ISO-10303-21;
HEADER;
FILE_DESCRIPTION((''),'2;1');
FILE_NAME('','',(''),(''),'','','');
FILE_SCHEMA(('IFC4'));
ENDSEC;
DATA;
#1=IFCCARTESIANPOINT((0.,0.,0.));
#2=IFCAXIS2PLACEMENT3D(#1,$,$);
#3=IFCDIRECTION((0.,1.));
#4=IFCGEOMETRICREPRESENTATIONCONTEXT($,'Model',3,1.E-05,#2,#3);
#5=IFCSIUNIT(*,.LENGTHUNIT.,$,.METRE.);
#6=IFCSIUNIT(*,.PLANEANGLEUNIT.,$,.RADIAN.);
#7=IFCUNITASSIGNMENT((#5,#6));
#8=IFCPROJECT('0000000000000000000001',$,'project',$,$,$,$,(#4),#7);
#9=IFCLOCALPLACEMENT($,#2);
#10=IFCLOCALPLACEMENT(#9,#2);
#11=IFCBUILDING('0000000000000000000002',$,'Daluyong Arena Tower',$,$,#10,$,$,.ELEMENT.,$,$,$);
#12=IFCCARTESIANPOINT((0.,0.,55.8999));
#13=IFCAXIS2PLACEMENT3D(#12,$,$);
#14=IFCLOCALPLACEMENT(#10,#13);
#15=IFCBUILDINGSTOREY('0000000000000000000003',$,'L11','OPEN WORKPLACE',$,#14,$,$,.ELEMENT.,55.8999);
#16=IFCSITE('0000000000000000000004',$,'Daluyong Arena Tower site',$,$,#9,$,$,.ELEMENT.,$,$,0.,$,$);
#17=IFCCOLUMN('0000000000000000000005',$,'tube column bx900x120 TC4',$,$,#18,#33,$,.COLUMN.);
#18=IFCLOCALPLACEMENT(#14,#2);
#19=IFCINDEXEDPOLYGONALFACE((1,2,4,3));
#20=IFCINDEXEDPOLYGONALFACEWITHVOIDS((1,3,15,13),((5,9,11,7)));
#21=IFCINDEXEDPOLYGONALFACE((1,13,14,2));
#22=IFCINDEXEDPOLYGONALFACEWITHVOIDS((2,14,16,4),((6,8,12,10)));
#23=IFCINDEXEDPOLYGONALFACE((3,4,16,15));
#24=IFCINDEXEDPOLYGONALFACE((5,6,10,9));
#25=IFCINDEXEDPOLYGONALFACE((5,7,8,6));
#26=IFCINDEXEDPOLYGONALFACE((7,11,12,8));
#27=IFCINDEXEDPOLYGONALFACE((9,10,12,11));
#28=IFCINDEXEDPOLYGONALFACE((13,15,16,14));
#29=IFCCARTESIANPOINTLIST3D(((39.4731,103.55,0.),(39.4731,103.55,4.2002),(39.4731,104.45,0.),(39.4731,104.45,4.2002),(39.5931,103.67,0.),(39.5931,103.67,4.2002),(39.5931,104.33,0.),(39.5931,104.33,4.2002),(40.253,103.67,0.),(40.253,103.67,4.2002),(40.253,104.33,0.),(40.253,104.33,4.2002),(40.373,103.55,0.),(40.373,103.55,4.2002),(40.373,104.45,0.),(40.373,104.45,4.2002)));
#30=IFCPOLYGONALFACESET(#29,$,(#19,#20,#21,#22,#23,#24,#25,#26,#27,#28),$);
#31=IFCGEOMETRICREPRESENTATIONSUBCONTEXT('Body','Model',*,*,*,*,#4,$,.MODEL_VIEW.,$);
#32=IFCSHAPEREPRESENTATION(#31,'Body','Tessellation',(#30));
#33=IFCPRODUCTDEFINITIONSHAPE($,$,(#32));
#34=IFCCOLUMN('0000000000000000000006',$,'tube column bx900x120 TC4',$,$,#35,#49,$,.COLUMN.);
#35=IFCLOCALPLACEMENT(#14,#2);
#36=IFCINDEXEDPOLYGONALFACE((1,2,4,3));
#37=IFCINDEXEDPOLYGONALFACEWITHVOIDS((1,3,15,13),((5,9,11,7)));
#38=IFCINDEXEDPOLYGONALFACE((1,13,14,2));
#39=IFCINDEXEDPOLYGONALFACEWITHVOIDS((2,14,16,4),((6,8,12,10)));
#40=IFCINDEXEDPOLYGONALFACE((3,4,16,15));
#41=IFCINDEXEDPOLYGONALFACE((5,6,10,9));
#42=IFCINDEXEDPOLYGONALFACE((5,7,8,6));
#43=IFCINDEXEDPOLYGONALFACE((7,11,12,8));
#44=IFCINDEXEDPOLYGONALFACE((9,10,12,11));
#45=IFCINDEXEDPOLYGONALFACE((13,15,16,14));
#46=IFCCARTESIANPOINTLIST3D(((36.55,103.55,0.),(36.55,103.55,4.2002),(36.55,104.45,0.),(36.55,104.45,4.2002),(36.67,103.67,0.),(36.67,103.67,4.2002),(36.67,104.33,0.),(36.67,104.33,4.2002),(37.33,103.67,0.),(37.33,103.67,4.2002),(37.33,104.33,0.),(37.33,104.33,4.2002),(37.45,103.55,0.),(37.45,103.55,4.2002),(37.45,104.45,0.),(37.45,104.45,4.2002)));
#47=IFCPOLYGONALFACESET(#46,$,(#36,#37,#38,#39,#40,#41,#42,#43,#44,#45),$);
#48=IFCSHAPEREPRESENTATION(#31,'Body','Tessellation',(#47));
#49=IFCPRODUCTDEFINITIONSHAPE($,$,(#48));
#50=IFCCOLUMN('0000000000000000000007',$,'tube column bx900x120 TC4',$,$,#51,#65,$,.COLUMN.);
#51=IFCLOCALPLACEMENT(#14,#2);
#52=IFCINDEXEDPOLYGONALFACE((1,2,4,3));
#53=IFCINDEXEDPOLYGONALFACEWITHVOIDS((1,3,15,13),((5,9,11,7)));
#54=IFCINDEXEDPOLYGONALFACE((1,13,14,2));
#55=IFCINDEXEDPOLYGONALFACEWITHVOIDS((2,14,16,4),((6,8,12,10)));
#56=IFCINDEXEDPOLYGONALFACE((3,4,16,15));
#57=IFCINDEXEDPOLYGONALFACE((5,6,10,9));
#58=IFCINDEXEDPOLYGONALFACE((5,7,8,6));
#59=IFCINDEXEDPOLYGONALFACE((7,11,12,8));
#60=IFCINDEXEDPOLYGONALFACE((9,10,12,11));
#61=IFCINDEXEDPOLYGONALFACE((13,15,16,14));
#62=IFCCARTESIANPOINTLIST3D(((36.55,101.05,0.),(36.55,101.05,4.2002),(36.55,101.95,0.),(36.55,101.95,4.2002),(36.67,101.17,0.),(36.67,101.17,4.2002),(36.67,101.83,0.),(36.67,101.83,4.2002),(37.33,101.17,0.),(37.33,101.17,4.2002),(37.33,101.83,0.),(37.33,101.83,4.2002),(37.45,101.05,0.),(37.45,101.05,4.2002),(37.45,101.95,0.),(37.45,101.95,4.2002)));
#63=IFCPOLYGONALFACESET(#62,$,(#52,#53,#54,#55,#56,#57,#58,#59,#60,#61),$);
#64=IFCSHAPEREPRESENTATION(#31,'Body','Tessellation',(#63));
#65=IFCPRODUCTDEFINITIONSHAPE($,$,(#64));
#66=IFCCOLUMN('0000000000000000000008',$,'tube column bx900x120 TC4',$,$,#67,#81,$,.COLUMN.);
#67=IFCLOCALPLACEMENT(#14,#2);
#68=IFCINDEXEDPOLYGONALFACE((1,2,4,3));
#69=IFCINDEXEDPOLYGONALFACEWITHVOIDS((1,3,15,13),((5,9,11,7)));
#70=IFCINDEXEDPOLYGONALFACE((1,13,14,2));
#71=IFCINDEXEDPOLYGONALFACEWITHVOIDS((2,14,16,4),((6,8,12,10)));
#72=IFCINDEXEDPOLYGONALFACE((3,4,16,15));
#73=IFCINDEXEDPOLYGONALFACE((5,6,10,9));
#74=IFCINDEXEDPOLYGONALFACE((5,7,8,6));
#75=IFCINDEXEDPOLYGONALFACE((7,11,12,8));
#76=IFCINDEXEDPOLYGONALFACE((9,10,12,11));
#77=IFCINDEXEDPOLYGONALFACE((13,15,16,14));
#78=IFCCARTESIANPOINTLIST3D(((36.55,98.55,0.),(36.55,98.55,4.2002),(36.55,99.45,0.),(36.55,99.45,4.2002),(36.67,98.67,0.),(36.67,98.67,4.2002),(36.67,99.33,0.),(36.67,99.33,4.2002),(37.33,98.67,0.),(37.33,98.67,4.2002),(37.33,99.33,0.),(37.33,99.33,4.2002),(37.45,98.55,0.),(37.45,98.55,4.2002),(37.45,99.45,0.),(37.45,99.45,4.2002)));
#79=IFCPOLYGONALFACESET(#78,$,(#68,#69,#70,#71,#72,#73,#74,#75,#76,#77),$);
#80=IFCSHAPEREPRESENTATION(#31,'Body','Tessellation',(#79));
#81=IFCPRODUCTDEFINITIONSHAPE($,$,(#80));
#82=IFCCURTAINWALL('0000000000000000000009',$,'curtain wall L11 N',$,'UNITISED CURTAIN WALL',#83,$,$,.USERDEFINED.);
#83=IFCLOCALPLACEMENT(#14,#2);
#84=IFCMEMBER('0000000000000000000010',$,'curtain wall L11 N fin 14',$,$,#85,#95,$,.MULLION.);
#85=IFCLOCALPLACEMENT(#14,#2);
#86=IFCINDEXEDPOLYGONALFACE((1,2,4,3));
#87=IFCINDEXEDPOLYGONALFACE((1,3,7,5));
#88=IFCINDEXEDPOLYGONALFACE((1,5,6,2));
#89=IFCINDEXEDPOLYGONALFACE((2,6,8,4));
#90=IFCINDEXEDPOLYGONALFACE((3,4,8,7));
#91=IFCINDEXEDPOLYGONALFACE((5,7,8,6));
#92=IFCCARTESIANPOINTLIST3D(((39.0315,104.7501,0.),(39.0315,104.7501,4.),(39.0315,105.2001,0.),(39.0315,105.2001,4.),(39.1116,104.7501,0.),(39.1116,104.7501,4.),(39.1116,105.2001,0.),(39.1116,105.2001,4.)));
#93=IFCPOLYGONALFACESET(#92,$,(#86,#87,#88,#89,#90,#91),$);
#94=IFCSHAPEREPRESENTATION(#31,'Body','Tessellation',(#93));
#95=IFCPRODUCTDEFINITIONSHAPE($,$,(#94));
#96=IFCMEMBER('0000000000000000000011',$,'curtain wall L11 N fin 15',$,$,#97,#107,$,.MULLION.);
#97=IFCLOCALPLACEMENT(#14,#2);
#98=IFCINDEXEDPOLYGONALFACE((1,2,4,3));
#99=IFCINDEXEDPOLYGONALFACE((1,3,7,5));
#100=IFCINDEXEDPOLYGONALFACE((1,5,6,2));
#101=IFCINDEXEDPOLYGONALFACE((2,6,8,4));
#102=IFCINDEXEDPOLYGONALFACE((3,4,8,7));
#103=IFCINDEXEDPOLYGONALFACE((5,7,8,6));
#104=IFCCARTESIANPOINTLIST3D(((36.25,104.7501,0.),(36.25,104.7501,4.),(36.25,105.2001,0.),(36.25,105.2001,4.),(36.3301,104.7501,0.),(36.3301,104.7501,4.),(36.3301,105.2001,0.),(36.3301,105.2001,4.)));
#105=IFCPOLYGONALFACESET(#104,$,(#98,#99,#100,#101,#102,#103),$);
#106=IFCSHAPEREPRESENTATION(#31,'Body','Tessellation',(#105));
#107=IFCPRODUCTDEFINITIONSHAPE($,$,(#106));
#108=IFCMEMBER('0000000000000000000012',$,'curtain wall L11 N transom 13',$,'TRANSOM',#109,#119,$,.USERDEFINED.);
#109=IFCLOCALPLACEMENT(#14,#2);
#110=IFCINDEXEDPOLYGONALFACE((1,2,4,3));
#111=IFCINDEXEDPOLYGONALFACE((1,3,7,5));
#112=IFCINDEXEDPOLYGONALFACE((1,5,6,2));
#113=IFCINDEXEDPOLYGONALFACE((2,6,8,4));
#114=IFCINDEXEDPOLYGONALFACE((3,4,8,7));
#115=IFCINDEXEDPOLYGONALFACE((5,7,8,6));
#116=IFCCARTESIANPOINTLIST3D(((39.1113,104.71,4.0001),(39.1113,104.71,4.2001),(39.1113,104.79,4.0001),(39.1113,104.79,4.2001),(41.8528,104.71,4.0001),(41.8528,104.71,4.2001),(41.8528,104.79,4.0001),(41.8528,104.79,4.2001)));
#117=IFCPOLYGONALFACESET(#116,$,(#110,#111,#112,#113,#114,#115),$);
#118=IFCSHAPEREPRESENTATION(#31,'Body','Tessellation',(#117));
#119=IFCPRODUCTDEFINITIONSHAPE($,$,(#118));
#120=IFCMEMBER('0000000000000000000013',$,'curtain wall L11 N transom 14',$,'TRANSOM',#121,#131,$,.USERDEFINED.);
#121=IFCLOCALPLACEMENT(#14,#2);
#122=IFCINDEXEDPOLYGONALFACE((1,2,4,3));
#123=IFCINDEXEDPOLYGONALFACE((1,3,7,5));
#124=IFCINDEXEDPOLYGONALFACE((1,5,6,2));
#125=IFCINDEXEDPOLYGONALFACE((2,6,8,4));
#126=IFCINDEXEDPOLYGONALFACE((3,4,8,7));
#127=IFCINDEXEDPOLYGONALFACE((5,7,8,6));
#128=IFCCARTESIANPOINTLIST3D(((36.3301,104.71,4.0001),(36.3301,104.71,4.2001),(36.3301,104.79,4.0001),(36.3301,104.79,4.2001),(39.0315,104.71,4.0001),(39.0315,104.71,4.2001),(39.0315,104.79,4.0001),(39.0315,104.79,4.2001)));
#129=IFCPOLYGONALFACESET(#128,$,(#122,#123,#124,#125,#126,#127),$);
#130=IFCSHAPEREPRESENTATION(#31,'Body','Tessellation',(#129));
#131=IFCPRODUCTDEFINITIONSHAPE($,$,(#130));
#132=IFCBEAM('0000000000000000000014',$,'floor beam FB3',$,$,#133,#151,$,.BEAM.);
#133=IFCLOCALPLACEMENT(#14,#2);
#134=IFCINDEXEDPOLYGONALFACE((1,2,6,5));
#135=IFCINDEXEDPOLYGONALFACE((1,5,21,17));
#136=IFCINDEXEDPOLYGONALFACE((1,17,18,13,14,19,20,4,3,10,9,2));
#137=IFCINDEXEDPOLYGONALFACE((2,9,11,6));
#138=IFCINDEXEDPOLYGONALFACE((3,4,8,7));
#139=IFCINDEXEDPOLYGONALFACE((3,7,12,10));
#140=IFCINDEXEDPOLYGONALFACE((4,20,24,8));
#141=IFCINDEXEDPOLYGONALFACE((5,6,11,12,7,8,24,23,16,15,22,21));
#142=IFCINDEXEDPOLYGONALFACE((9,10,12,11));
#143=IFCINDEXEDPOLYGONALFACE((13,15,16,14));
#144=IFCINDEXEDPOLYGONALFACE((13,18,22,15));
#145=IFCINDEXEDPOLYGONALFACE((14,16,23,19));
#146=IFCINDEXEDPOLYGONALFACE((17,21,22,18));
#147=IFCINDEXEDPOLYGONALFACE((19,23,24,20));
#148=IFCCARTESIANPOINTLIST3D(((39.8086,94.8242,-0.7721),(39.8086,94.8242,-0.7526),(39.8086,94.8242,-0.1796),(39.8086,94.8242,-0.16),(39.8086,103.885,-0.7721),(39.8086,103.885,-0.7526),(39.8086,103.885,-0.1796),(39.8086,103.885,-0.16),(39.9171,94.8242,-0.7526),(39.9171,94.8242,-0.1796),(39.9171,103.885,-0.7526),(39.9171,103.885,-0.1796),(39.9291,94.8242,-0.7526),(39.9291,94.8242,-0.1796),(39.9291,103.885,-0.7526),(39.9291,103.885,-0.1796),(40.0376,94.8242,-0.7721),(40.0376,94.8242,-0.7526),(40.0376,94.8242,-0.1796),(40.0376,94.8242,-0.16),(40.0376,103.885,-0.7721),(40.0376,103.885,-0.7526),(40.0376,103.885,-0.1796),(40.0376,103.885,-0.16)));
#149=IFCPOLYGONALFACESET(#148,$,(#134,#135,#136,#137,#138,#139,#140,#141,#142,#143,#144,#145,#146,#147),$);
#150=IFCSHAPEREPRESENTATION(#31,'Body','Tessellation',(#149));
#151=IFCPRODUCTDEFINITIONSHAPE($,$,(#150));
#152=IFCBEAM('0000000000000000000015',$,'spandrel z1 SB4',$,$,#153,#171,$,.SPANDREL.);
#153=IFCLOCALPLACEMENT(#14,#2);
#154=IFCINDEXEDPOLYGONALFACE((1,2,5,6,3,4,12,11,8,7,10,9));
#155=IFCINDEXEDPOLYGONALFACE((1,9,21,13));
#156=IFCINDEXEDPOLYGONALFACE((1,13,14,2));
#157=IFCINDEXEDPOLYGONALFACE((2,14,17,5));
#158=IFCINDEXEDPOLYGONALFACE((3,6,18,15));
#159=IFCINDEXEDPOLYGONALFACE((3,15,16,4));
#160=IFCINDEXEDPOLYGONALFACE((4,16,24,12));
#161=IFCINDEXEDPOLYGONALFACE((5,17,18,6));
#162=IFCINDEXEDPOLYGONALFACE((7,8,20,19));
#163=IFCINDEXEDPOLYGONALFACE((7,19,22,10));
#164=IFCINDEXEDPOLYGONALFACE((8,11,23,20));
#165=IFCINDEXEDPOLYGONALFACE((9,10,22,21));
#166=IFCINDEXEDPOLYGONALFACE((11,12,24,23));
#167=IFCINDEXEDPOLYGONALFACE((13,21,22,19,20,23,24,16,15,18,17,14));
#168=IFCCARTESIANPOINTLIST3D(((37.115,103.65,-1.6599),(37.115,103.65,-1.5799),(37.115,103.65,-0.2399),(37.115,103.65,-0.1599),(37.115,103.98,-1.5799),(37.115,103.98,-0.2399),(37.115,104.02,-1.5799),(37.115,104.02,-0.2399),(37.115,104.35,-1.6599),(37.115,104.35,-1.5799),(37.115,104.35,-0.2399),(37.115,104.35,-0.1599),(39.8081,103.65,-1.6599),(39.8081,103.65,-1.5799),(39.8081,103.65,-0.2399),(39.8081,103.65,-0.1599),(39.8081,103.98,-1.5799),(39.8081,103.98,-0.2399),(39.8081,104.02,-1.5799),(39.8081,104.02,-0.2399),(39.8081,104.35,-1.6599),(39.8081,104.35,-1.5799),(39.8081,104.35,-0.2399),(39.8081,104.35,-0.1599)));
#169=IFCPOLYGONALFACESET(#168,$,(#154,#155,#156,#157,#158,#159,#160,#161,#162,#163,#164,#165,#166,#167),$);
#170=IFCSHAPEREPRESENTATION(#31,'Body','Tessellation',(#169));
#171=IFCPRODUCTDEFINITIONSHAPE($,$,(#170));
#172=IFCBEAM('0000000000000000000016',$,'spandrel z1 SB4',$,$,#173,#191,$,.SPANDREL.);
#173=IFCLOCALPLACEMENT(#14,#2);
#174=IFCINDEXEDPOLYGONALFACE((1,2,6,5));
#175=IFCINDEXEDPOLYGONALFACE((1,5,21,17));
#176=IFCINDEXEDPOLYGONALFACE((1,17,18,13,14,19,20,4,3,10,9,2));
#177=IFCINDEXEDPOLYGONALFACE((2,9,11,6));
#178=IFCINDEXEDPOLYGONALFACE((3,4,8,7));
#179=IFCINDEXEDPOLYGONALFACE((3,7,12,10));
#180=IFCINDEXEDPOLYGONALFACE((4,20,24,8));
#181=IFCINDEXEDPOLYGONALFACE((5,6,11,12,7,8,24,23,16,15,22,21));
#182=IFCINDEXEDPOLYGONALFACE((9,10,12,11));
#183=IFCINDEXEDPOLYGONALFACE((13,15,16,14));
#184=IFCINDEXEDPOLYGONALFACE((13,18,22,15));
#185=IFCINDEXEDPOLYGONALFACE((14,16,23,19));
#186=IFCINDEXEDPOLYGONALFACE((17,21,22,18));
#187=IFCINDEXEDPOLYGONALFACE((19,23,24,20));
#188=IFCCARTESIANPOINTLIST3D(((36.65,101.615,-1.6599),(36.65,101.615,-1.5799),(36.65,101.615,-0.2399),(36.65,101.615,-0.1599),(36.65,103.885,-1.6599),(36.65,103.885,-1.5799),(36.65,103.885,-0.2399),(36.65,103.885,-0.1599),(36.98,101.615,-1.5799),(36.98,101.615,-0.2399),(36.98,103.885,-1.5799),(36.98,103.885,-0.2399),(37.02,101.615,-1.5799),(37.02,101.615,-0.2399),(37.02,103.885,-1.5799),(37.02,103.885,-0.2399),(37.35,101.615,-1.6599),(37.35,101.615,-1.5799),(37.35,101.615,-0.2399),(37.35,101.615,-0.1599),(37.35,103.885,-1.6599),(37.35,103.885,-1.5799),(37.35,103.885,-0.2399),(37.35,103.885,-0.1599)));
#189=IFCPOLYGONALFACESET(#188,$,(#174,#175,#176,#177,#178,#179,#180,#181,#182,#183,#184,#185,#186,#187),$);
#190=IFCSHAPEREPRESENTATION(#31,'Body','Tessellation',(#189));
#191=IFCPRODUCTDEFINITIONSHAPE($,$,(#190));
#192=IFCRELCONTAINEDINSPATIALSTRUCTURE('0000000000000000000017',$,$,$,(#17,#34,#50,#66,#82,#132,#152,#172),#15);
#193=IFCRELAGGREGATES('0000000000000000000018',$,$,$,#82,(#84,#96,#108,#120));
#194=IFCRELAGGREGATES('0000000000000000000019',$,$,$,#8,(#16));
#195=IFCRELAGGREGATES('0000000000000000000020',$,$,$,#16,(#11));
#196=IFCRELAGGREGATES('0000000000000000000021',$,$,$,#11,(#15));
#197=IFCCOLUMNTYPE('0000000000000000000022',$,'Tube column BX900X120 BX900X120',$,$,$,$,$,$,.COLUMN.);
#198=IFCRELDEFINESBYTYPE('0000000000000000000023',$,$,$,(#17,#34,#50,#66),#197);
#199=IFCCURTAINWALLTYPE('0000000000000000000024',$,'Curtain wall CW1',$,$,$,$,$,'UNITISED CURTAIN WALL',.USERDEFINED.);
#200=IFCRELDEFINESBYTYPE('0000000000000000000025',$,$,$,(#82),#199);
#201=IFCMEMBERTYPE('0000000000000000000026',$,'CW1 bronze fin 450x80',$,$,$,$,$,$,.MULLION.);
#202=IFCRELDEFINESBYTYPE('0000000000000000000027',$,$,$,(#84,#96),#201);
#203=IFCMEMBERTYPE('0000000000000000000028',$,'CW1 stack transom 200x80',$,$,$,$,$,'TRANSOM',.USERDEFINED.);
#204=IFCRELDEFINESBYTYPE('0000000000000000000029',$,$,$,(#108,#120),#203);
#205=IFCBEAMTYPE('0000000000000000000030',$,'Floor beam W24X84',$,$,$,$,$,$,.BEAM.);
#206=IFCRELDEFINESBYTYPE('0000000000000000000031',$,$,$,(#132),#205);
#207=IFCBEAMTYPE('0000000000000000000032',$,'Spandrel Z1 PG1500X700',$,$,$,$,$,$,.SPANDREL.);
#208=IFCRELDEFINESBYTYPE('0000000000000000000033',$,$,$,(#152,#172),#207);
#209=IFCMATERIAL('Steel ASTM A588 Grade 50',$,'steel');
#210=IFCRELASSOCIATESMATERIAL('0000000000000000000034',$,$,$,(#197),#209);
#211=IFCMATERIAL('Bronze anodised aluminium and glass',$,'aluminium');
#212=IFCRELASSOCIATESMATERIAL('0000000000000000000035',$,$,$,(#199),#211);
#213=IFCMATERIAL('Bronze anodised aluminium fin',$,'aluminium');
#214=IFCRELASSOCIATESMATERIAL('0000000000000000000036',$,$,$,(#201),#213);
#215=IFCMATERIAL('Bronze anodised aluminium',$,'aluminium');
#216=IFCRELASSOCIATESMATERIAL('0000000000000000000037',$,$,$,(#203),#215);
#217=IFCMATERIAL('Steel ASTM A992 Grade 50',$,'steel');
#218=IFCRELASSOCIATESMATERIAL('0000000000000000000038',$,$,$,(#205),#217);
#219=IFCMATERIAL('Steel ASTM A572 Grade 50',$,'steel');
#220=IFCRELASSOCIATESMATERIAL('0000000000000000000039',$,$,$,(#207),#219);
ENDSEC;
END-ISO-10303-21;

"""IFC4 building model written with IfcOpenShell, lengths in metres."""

from ifc_helpers import new_model, si_unit, direction, frame, origin, origin_2d, place, context, subcontext, project, spatial, rectangle, hollow_rectangle, i_section, extrude, material, material_profile, profile_set, type_object, element, aggregate, save


model = new_model("IFC4")

# Units and contexts
model_context = context("Model", 3, precision=1e-05, world=origin(), true_north=direction((0.0, 1.0)))
body_context = subcontext(model_context, "Body", "Model", "MODEL_VIEW")
ifc_project = project(units=[si_unit("LENGTHUNIT", "METRE"), si_unit("PLANEANGLEUNIT", "RADIAN")], contexts=[model_context])

# Site, building, storey
site_placement = place(None, origin())
site = spatial("IfcSite", under=ifc_project, at=site_placement, Name="Daluyong Arena Tower site", CompositionType="ELEMENT", RefElevation=0.0)
building_placement = place(site_placement, origin())
building = spatial("IfcBuilding", under=site, at=building_placement, Name="Daluyong Arena Tower", CompositionType="ELEMENT")
storey_placement = place(building_placement, frame((0.0, 0.0, 55.8999)))
storey = spatial("IfcBuildingStorey", under=building, at=storey_placement, Name="L11", Description="OPEN WORKPLACE", CompositionType="ELEMENT", Elevation=55.8999)

# Columns
ifc_material_1 = material(Name="Steel ASTM A588 Grade 50", Category="steel")
ifc_material_profile_1 = material_profile(ifc_material_1, hollow_rectangle(XDim=0.8999, YDim=0.8999, WallThickness=0.12, at=origin_2d()))
ifc_profile_set_1 = profile_set([ifc_material_profile_1], Name="Steel ASTM A588 Grade 50")
column_type = type_object("IfcColumnType", Name="Tube column BX900X120 BX900X120", PredefinedType="COLUMN", material=ifc_profile_set_1)
for number, where, z_axis, x_axis, name in (
    (1, (39.9231, 104.0, 0.0), (0.0, 0.0, 1.0), (1.0, 0.0, 0.0), "tube column bx900x120 TC4"),
    (2, (37.0, 104.0, 0.0), (0.0, 0.0, 1.0), (0.0, 1.0, 0.0), "tube column bx900x120 TC4"),
    (3, (37.0, 101.5, 0.0), (0.0, 0.0, 1.0), (0.0, 1.0, 0.0), "tube column bx900x120 TC4"),
    (4, (37.0, 99.0, 0.0), (0.0, 0.0, 1.0), (1.0, 0.0, 0.0), "tube column bx900x120 TC4"),
):
    element("IfcColumn", number, at=place(storey_placement, frame(where, z_axis=z_axis, x_axis=x_axis)), inside=storey, type_object=column_type, Name=name, PredefinedType="COLUMN", context=body_context, shape_type="SweptSolid", body=[
        extrude(hollow_rectangle(XDim=0.8999, YDim=0.8999, WallThickness=0.12, at=origin_2d()), origin(), (0.0, 0.0, 1.0), 4.2002),
    ])

# Curtain wall, members
ifc_material_2 = material(Name="Bronze anodised aluminium and glass", Category="aluminium")
curtain_wall_type = type_object("IfcCurtainWallType", Name="Curtain wall CW1", ElementType="UNITISED CURTAIN WALL", PredefinedType="USERDEFINED", material=ifc_material_2)
curtain_wall_placement = place(storey_placement, origin())
curtain_wall = element("IfcCurtainWall", 5, at=curtain_wall_placement, inside=storey, type_object=curtain_wall_type, Name="curtain wall L11 N", ObjectType="UNITISED CURTAIN WALL", PredefinedType="USERDEFINED")
ifc_material_3 = material(Name="Bronze anodised aluminium fin", Category="aluminium")
ifc_material_profile_2 = material_profile(ifc_material_3, rectangle(XDim=0.45, YDim=0.0801, at=origin_2d()))
ifc_profile_set_2 = profile_set([ifc_material_profile_2], Name="Bronze anodised aluminium fin")
member_type_1 = type_object("IfcMemberType", Name="CW1 bronze fin 450x80", PredefinedType="MULLION", material=ifc_profile_set_2)
member_1_placement = place(storey_placement, frame((39.0715, 104.9751, 0.0), z_axis=(0.0, 0.0, 1.0), x_axis=(0.0, -1.0, 0.0)))
member_1 = element("IfcMember", 6, at=member_1_placement, type_object=member_type_1, Name="curtain wall L11 N fin 14", PredefinedType="MULLION", context=body_context, shape_type="SweptSolid", body=[
    extrude(rectangle(XDim=0.45, YDim=0.0801, at=origin_2d()), origin(), (0.0, 0.0, 1.0), 4.0),
])
member_2_placement = place(storey_placement, frame((36.29, 104.9751, 0.0), z_axis=(0.0, 0.0, 1.0), x_axis=(0.0, -1.0, 0.0)))
member_2 = element("IfcMember", 7, at=member_2_placement, type_object=member_type_1, Name="curtain wall L11 N fin 15", PredefinedType="MULLION", context=body_context, shape_type="SweptSolid", body=[
    extrude(rectangle(XDim=0.45, YDim=0.0801, at=origin_2d()), origin(), (0.0, 0.0, 1.0), 4.0),
])
ifc_material_4 = material(Name="Bronze anodised aluminium", Category="aluminium")
ifc_material_profile_3 = material_profile(ifc_material_4, rectangle(XDim=0.0801, YDim=0.2, at=origin_2d()))
ifc_profile_set_3 = profile_set([ifc_material_profile_3], Name="Bronze anodised aluminium")
member_type_2 = type_object("IfcMemberType", Name="CW1 stack transom 200x80", ElementType="TRANSOM", PredefinedType="USERDEFINED", material=ifc_profile_set_3)
member_3_placement = place(storey_placement, frame((41.8528, 104.75, 4.1001), z_axis=(-1.0, 0.0, 0.0), x_axis=(0.0, -1.0, 0.0)))
member_3 = element("IfcMember", 8, at=member_3_placement, type_object=member_type_2, Name="curtain wall L11 N transom 13", ObjectType="TRANSOM", PredefinedType="USERDEFINED", context=body_context, shape_type="SweptSolid", body=[
    extrude(rectangle(XDim=0.0801, YDim=0.2, at=origin_2d()), origin(), (0.0, 0.0, 1.0), 2.7415),
])
member_4_placement = place(storey_placement, frame((39.0315, 104.75, 4.1001), z_axis=(-1.0, 0.0, 0.0), x_axis=(0.0, -1.0, 0.0)))
member_4 = element("IfcMember", 9, at=member_4_placement, type_object=member_type_2, Name="curtain wall L11 N transom 14", ObjectType="TRANSOM", PredefinedType="USERDEFINED", context=body_context, shape_type="SweptSolid", body=[
    extrude(rectangle(XDim=0.0801, YDim=0.2, at=origin_2d()), origin(), (0.0, 0.0, 1.0), 2.7014),
])

# Beams
ifc_material_5 = material(Name="Steel ASTM A992 Grade 50", Category="steel")
ifc_material_profile_4 = material_profile(ifc_material_5, i_section(OverallWidth=0.229, OverallDepth=0.6121, WebThickness=0.012, FlangeThickness=0.0195, at=origin_2d()))
ifc_profile_set_4 = profile_set([ifc_material_profile_4], Name="Steel ASTM A992 Grade 50")
beam_type_1 = type_object("IfcBeamType", Name="Floor beam W24X84", PredefinedType="BEAM", material=ifc_profile_set_4)
beam_1_placement = place(storey_placement, frame((39.9231, 103.885, -0.4661), z_axis=(0.0, -1.0, 0.0), x_axis=(1.0, 0.0, 0.0)))
element("IfcBeam", 10, at=beam_1_placement, inside=storey, type_object=beam_type_1, Name="floor beam FB3", PredefinedType="BEAM", context=body_context, shape_type="SweptSolid", body=[
    extrude(i_section(OverallWidth=0.229, OverallDepth=0.6121, WebThickness=0.012, FlangeThickness=0.0195, at=origin_2d()), origin(), (0.0, 0.0, 1.0), 9.0608),
])
ifc_material_6 = material(Name="Steel ASTM A572 Grade 50", Category="steel")
ifc_material_profile_5 = material_profile(ifc_material_6, i_section(OverallWidth=0.7, OverallDepth=1.5, WebThickness=0.04, FlangeThickness=0.08, at=origin_2d()))
ifc_profile_set_5 = profile_set([ifc_material_profile_5], Name="Steel ASTM A572 Grade 50")
beam_type_2 = type_object("IfcBeamType", Name="Spandrel Z1 PG1500X700", PredefinedType="SPANDREL", material=ifc_profile_set_5)
beam_2_placement = place(storey_placement, frame((39.8081, 104.0, -0.9099), z_axis=(-1.0, 0.0, 0.0), x_axis=(0.0, -1.0, 0.0)))
element("IfcBeam", 11, at=beam_2_placement, inside=storey, type_object=beam_type_2, Name="spandrel z1 SB4", PredefinedType="SPANDREL", context=body_context, shape_type="SweptSolid", body=[
    extrude(i_section(OverallWidth=0.7, OverallDepth=1.5, WebThickness=0.04, FlangeThickness=0.08, at=origin_2d()), origin(), (0.0, 0.0, 1.0), 2.6931),
])
for number, where, z_axis, x_axis, name in (
    (12, (37.0, 103.885, -0.9099), (0.0, -1.0, 0.0), (1.0, 0.0, 0.0), "spandrel z1 SB4"),
):
    element("IfcBeam", number, at=place(storey_placement, frame(where, z_axis=z_axis, x_axis=x_axis)), inside=storey, type_object=beam_type_2, Name=name, PredefinedType="SPANDREL", context=body_context, shape_type="SweptSolid", body=[
        extrude(i_section(OverallWidth=0.7, OverallDepth=1.5, WebThickness=0.04, FlangeThickness=0.08, at=origin_2d()), origin(), (0.0, 0.0, 1.0), 2.27),
    ])

aggregate(curtain_wall, [member_1, member_2, member_3, member_4])

save(model, "model.ifc")
